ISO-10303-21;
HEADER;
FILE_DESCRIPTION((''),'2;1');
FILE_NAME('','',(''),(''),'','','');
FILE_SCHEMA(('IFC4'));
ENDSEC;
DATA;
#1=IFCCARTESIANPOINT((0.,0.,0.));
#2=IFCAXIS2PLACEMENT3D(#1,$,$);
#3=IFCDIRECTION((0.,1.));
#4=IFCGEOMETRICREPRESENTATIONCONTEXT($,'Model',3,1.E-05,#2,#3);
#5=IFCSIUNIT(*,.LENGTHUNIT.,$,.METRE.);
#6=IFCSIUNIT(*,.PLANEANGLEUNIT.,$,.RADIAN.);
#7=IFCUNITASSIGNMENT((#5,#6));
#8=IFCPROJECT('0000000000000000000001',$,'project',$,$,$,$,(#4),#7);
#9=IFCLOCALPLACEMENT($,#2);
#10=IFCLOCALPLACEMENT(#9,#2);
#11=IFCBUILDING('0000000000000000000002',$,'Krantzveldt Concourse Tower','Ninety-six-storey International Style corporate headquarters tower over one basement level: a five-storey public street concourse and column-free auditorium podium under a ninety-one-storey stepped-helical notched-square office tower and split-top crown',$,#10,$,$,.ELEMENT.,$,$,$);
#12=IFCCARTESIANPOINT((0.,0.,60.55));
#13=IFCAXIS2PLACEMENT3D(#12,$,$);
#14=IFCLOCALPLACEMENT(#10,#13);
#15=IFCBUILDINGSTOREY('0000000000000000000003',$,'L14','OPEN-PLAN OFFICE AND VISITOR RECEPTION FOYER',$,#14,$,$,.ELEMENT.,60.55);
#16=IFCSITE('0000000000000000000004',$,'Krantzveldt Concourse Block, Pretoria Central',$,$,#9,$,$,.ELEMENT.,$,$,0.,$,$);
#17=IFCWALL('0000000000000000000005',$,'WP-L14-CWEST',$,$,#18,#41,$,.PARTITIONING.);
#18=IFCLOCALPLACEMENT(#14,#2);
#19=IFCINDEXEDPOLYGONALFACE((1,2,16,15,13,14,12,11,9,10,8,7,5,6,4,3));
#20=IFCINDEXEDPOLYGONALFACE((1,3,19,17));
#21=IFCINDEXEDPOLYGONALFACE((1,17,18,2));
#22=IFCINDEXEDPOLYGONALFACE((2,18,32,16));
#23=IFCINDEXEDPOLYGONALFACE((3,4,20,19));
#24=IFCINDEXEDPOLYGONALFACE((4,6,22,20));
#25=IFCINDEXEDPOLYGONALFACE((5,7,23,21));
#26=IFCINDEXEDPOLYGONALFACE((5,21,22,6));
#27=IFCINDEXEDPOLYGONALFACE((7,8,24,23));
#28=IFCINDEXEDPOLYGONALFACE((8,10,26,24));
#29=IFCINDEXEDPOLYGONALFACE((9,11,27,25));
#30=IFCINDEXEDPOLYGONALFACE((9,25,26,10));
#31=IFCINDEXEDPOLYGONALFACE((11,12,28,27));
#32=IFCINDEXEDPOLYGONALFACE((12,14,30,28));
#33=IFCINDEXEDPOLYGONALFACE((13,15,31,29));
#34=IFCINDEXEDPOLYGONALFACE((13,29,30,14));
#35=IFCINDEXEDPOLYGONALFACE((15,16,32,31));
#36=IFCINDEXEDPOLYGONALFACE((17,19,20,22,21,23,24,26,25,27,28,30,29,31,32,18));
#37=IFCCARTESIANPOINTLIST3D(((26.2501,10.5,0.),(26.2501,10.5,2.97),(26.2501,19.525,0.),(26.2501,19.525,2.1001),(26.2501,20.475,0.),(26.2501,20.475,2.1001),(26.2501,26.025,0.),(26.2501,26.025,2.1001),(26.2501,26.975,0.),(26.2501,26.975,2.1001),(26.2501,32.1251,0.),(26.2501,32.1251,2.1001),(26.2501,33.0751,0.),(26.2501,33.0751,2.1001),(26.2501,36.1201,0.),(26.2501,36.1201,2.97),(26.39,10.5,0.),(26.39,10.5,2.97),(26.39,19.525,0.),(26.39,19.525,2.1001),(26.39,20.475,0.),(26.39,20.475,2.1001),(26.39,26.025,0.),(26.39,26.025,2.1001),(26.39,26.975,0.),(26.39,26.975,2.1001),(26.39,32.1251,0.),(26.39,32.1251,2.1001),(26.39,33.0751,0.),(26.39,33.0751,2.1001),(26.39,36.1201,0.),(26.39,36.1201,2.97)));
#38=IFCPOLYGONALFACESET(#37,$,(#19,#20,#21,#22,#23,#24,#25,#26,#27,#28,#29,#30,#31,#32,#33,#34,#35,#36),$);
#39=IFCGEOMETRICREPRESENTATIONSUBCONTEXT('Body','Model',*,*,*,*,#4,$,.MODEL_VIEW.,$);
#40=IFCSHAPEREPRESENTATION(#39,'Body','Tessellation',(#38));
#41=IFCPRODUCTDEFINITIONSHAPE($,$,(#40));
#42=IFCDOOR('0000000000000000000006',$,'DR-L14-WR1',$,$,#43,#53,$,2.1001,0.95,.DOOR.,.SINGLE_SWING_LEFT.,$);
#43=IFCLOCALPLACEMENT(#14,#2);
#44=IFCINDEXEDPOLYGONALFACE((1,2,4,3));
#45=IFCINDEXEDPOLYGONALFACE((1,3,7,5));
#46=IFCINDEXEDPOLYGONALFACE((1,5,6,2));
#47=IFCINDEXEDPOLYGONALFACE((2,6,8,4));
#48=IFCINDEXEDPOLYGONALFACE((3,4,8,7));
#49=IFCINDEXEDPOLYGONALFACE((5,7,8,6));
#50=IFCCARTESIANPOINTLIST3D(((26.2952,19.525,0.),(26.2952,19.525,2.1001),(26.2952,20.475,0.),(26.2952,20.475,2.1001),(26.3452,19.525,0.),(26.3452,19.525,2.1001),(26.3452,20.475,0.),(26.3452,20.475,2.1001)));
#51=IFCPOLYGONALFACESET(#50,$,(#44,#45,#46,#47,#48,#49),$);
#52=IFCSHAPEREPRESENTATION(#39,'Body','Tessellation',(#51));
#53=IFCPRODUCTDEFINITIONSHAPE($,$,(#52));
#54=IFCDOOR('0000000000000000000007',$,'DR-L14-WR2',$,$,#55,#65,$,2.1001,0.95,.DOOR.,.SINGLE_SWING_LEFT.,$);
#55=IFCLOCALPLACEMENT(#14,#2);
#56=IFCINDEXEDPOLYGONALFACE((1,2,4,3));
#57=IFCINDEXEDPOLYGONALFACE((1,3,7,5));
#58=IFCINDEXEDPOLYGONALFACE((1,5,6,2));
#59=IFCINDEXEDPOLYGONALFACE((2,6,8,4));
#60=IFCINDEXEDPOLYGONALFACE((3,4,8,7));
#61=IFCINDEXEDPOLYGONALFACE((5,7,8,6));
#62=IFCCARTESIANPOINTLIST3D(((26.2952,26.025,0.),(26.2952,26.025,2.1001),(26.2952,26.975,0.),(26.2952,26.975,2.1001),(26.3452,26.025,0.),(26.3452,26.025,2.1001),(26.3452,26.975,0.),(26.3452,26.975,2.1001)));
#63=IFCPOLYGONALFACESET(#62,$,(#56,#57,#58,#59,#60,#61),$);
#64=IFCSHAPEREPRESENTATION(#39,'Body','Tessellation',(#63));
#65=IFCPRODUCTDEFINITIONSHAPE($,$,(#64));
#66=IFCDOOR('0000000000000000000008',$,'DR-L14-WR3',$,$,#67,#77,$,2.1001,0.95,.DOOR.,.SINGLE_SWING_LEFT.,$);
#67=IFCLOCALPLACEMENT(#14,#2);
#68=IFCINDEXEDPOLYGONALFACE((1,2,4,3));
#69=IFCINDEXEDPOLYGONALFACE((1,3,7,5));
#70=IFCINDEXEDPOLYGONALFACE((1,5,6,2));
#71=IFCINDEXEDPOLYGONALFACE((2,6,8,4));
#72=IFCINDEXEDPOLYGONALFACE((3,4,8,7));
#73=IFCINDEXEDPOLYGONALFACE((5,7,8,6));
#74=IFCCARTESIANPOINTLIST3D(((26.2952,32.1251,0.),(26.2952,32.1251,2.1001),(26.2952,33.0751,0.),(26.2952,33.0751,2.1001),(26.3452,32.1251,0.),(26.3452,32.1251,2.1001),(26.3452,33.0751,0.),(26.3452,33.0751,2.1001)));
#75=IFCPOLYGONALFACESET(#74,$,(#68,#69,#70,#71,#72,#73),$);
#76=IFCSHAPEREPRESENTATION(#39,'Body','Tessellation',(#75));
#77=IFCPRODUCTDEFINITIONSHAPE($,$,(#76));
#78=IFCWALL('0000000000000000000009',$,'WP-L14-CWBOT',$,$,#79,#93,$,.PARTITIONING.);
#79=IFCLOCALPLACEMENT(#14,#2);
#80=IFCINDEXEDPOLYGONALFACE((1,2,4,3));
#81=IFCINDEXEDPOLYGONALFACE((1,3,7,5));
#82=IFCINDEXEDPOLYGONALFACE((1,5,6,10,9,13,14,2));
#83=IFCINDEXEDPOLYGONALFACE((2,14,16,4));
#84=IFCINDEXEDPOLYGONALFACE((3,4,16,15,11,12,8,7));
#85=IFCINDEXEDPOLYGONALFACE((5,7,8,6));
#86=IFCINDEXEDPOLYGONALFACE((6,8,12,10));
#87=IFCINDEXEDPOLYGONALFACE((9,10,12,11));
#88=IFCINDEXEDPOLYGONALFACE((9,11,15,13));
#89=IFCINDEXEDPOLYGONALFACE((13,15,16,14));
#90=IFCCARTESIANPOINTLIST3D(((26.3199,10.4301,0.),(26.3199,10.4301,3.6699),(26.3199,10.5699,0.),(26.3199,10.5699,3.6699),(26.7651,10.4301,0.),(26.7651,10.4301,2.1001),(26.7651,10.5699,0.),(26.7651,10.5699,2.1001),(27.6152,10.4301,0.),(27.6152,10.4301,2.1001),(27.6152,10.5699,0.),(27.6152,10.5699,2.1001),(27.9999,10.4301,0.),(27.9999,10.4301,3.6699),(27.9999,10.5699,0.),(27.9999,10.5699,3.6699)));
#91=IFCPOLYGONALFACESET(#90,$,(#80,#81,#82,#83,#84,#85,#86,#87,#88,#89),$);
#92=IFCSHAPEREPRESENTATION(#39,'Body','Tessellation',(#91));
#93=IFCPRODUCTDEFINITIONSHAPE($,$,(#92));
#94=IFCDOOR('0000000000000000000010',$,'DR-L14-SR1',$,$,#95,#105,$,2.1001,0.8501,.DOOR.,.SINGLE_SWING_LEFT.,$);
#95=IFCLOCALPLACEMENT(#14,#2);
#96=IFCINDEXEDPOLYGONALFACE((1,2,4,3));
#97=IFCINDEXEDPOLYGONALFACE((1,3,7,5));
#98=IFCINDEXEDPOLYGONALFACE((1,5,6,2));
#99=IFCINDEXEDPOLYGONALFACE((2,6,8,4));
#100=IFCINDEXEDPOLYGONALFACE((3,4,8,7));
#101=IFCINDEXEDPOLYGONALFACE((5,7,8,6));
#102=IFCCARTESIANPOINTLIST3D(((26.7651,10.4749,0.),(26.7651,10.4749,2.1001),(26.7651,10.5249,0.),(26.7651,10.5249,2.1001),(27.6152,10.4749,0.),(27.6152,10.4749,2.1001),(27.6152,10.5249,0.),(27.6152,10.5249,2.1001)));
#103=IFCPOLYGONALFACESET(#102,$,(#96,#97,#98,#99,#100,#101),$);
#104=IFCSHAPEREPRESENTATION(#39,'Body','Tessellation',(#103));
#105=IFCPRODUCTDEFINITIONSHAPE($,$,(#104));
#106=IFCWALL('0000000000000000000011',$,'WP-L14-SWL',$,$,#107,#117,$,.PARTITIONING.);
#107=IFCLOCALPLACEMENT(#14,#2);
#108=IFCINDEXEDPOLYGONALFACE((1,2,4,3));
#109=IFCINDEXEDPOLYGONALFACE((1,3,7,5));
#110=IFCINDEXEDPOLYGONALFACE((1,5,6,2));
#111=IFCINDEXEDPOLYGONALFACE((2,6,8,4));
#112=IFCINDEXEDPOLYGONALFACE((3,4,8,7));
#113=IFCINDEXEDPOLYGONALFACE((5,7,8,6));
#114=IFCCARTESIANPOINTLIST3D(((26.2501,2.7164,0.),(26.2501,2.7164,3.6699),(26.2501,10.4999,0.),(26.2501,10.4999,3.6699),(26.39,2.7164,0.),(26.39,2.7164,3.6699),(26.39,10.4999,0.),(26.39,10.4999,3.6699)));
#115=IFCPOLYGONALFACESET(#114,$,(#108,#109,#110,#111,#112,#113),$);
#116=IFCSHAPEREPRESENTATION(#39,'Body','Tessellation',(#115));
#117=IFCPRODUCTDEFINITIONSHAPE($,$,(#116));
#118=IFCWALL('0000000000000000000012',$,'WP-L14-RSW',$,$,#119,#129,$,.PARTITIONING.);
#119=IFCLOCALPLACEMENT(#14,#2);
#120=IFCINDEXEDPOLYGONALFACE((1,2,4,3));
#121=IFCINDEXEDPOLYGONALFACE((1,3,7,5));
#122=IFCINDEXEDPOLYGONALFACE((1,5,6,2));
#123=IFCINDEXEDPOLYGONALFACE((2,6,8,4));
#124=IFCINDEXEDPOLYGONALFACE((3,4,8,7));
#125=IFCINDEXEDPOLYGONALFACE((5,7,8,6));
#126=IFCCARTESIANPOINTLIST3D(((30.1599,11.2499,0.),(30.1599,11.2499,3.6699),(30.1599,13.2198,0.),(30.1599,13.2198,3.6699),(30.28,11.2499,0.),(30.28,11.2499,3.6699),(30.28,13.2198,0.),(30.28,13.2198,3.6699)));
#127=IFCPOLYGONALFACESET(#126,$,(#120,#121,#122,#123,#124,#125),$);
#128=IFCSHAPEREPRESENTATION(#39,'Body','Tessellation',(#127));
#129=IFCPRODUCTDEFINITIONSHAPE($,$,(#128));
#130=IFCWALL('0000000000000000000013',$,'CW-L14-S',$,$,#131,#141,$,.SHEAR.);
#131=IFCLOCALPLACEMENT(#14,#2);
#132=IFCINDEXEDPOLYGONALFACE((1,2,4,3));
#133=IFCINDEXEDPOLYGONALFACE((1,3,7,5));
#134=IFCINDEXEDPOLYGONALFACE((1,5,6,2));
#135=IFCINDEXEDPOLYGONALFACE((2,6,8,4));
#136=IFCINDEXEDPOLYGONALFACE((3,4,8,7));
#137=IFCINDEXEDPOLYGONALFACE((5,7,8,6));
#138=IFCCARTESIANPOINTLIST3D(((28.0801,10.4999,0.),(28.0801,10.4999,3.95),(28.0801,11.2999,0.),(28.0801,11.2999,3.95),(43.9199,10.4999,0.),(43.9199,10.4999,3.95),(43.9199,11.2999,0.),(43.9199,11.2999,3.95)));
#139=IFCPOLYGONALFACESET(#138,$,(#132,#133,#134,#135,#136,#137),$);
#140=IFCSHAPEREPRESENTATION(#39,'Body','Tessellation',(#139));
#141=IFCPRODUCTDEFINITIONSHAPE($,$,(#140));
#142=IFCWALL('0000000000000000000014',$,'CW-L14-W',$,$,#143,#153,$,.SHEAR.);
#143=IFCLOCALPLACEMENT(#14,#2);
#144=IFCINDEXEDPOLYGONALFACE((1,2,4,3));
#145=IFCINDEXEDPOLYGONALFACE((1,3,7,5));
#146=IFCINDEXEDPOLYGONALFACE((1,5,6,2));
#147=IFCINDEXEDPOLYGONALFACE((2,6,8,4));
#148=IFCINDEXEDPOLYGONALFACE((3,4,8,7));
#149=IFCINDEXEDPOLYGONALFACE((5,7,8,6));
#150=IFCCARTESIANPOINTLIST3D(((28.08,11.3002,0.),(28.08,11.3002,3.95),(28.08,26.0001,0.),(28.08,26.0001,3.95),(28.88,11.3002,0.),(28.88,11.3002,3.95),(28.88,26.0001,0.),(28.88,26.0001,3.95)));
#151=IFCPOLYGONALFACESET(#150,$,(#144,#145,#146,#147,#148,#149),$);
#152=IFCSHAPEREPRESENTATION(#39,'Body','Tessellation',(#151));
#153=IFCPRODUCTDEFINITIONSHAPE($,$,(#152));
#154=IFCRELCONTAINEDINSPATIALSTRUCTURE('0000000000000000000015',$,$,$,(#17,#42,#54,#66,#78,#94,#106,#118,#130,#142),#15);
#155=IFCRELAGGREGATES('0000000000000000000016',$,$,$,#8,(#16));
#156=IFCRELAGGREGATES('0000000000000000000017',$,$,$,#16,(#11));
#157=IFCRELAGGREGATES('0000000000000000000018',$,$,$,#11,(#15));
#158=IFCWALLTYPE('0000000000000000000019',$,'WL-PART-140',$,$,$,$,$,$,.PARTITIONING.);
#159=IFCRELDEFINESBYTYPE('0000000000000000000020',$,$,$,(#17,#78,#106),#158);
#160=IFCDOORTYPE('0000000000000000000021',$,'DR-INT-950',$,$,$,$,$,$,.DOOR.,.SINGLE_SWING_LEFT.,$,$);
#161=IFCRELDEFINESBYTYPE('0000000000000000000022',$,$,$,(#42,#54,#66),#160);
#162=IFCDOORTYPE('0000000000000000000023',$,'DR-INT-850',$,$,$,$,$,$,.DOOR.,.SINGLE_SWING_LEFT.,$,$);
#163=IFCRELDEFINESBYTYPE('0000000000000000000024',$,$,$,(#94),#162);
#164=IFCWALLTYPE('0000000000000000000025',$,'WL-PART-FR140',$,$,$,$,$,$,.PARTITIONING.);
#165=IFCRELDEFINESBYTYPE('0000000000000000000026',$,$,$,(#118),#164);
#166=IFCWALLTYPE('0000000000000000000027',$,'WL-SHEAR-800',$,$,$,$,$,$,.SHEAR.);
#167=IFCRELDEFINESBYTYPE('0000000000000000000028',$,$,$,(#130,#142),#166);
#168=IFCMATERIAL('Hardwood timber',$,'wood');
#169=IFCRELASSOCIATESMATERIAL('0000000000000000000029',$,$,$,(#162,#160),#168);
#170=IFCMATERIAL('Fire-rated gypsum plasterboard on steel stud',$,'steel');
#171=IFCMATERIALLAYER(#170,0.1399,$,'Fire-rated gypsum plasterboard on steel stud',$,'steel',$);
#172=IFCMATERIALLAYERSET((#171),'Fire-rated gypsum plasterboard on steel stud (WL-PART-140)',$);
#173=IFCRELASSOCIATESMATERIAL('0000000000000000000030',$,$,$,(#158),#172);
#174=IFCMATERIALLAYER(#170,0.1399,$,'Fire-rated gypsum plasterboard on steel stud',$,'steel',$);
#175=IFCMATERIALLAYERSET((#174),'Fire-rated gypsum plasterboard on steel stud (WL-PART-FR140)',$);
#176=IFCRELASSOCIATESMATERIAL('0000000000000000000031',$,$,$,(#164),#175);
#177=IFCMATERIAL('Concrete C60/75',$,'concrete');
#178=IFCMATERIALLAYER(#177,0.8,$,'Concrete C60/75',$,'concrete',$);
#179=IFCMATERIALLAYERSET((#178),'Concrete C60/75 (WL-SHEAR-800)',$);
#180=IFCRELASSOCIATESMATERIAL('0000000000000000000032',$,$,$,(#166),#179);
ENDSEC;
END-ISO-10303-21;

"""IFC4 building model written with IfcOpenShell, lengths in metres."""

from ifc_helpers import new_model, si_unit, direction, frame, frame_2d, origin, place, context, subcontext, project, spatial, rectangle, extrude, material, layer, layer_set, type_object, element, fill, save


model = new_model("IFC4")

# Units and contexts
model_context = context("Model", 3, precision=1e-05, world=origin(), true_north=direction((0.0, 1.0)))
body_context = subcontext(model_context, "Body", "Model", "MODEL_VIEW")
ifc_project = project(units=[si_unit("LENGTHUNIT", "METRE"), si_unit("PLANEANGLEUNIT", "RADIAN")], contexts=[model_context])

# Site, building, storey
site_placement = place(None, origin())
site = spatial("IfcSite", under=ifc_project, at=site_placement, Name="Krantzveldt Concourse Block, Pretoria Central", CompositionType="ELEMENT", RefElevation=0.0)
building_placement = place(site_placement, origin())
building = spatial("IfcBuilding", under=site, at=building_placement, Name="Krantzveldt Concourse Tower", Description="Ninety-six-storey International Style corporate headquarters tower over one basement level: a five-storey public street concourse and column-free auditorium podium under a ninety-one-storey stepped-helical notched-square office tower and split-top crown", CompositionType="ELEMENT")
storey_placement = place(building_placement, frame((0.0, 0.0, 60.55)))
storey = spatial("IfcBuildingStorey", under=building, at=storey_placement, Name="L14", Description="OPEN-PLAN OFFICE AND VISITOR RECEPTION FOYER", CompositionType="ELEMENT", Elevation=60.55)

# Shared definitions
ifc_material_1 = material(Name="Fire-rated gypsum plasterboard on steel stud", Category="steel")
ifc_material_2 = material(Name="Hardwood timber", Category="wood")
door_type_1 = type_object("IfcDoorType", Name="DR-INT-850", OperationType="SINGLE_SWING_LEFT", PredefinedType="DOOR", material=ifc_material_2)

# Wall, openings, doors
ifc_layer_1 = layer(ifc_material_1, 0.1399, Name="Fire-rated gypsum plasterboard on steel stud", Category="steel")
ifc_layer_set_1 = layer_set([ifc_layer_1], Name="Fire-rated gypsum plasterboard on steel stud (WL-PART-140)")
wall_type_1 = type_object("IfcWallType", Name="WL-PART-140", PredefinedType="PARTITIONING", material=ifc_layer_set_1)
wall_1_placement = place(storey_placement, frame((26.3201, 10.5, 0.0), z_axis=(0.0, 0.0, 1.0), x_axis=(0.0, 1.0, 0.0)))
wall_1 = element("IfcWall", 1, at=wall_1_placement, inside=storey, type_object=wall_type_1, Name="WP-L14-CWEST", PredefinedType="PARTITIONING", context=body_context, shape_type="SweptSolid", body=[
    extrude(rectangle(XDim=25.6201, YDim=0.1399, at=frame_2d((12.8101, 0.0))), origin(), (0.0, 0.0, 1.0), 2.97),
])
opening_1_placement = place(wall_1_placement, frame((9.0249, 0.0, 0.0)))
opening_1 = element("IfcOpeningElement", 2, at=opening_1_placement, cuts=wall_1, PredefinedType="OPENING", context=body_context, shape_type="SweptSolid", body=[
    extrude(rectangle(XDim=0.95, YDim=2.1001, at=frame_2d((0.4751, 1.05))), frame((0.0, 0.0801, 0.0), z_axis=(0.0, -1.0, 0.0), x_axis=(1.0, 0.0, 0.0)), (0.0, 0.0, 1.0), 0.1599),
])
opening_2_placement = place(wall_1_placement, frame((15.5249, 0.0, 0.0)))
opening_2 = element("IfcOpeningElement", 3, at=opening_2_placement, cuts=wall_1, PredefinedType="OPENING", context=body_context, shape_type="SweptSolid", body=[
    extrude(rectangle(XDim=0.95, YDim=2.1001, at=frame_2d((0.4751, 1.05))), frame((0.0, 0.0801, 0.0), z_axis=(0.0, -1.0, 0.0), x_axis=(1.0, 0.0, 0.0)), (0.0, 0.0, 1.0), 0.1599),
])
opening_3_placement = place(wall_1_placement, frame((21.625, 0.0, 0.0)))
opening_3 = element("IfcOpeningElement", 4, at=opening_3_placement, cuts=wall_1, PredefinedType="OPENING", context=body_context, shape_type="SweptSolid", body=[
    extrude(rectangle(XDim=0.95, YDim=2.1001, at=frame_2d((0.4751, 1.05))), frame((0.0, 0.0801, 0.0), z_axis=(0.0, -1.0, 0.0), x_axis=(1.0, 0.0, 0.0)), (0.0, 0.0, 1.0), 0.1599),
])
door_type_2 = type_object("IfcDoorType", Name="DR-INT-950", OperationType="SINGLE_SWING_LEFT", PredefinedType="DOOR", material=ifc_material_2)
door_1_placement = place(opening_1_placement, origin())
door_1 = element("IfcDoor", 5, at=door_1_placement, inside=storey, type_object=door_type_2, Name="DR-L14-WR1", OperationType="SINGLE_SWING_LEFT", OverallHeight=2.1001, OverallWidth=0.95, PredefinedType="DOOR", context=body_context, shape_type="SweptSolid", body=[
    extrude(rectangle(XDim=0.95, YDim=2.1001, at=frame_2d((0.4751, 1.05))), frame((0.0, 0.0249, 0.0), z_axis=(0.0, -1.0, 0.0), x_axis=(1.0, 0.0, 0.0)), (0.0, 0.0, 1.0), 0.05),
])
fill(opening_1, door_1)
door_2_placement = place(opening_2_placement, origin())
door_2 = element("IfcDoor", 6, at=door_2_placement, inside=storey, type_object=door_type_2, Name="DR-L14-WR2", OperationType="SINGLE_SWING_LEFT", OverallHeight=2.1001, OverallWidth=0.95, PredefinedType="DOOR", context=body_context, shape_type="SweptSolid", body=[
    extrude(rectangle(XDim=0.95, YDim=2.1001, at=frame_2d((0.4751, 1.05))), frame((0.0, 0.0249, 0.0), z_axis=(0.0, -1.0, 0.0), x_axis=(1.0, 0.0, 0.0)), (0.0, 0.0, 1.0), 0.05),
])
fill(opening_2, door_2)
door_3_placement = place(opening_3_placement, origin())
door_3 = element("IfcDoor", 7, at=door_3_placement, inside=storey, type_object=door_type_2, Name="DR-L14-WR3", OperationType="SINGLE_SWING_LEFT", OverallHeight=2.1001, OverallWidth=0.95, PredefinedType="DOOR", context=body_context, shape_type="SweptSolid", body=[
    extrude(rectangle(XDim=0.95, YDim=2.1001, at=frame_2d((0.4751, 1.05))), frame((0.0, 0.0249, 0.0), z_axis=(0.0, -1.0, 0.0), x_axis=(1.0, 0.0, 0.0)), (0.0, 0.0, 1.0), 0.05),
])
fill(opening_3, door_3)

# Wall, opening, door
wall_2_placement = place(storey_placement, frame((26.3201, 10.5, 0.0), z_axis=(0.0, 0.0, 1.0), x_axis=(1.0, 0.0, 0.0)))
wall_2 = element("IfcWall", 8, at=wall_2_placement, inside=storey, type_object=wall_type_1, Name="WP-L14-CWBOT", PredefinedType="PARTITIONING", context=body_context, shape_type="SweptSolid", body=[
    extrude(rectangle(XDim=1.6799, YDim=0.1399, at=frame_2d((0.8398, 0.0))), origin(), (0.0, 0.0, 1.0), 3.6699),
])
opening_4_placement = place(wall_2_placement, frame((0.4451, 0.0, 0.0)))
opening_4 = element("IfcOpeningElement", 9, at=opening_4_placement, cuts=wall_2, PredefinedType="OPENING", context=body_context, shape_type="SweptSolid", body=[
    extrude(rectangle(XDim=0.8501, YDim=2.1001, at=frame_2d((0.425, 1.05))), frame((0.0, 0.0801, 0.0), z_axis=(0.0, -1.0, 0.0), x_axis=(1.0, 0.0, 0.0)), (0.0, 0.0, 1.0), 0.1599),
])
door_4_placement = place(opening_4_placement, origin())
door_4 = element("IfcDoor", 10, at=door_4_placement, inside=storey, type_object=door_type_1, Name="DR-L14-SR1", OperationType="SINGLE_SWING_LEFT", OverallHeight=2.1001, OverallWidth=0.8501, PredefinedType="DOOR", context=body_context, shape_type="SweptSolid", body=[
    extrude(rectangle(XDim=0.8501, YDim=2.1001, at=frame_2d((0.425, 1.05))), frame((0.0, 0.0249, 0.0), z_axis=(0.0, -1.0, 0.0), x_axis=(1.0, 0.0, 0.0)), (0.0, 0.0, 1.0), 0.05),
])
fill(opening_4, door_4)

# Walls
wall_3_placement = place(storey_placement, frame((26.3201, 2.7166, 0.0), z_axis=(0.0, 0.0, 1.0), x_axis=(0.0, 1.0, 0.0)))
element("IfcWall", 11, at=wall_3_placement, inside=storey, type_object=wall_type_1, Name="WP-L14-SWL", PredefinedType="PARTITIONING", context=body_context, shape_type="SweptSolid", body=[
    extrude(rectangle(XDim=7.7834, YDim=0.1399, at=frame_2d((3.8916, 0.0))), origin(), (0.0, 0.0, 1.0), 3.6699),
])
ifc_layer_2 = layer(ifc_material_1, 0.1399, Name="Fire-rated gypsum plasterboard on steel stud", Category="steel")
ifc_layer_set_2 = layer_set([ifc_layer_2], Name="Fire-rated gypsum plasterboard on steel stud (WL-PART-FR140)")
wall_type_2 = type_object("IfcWallType", Name="WL-PART-FR140", PredefinedType="PARTITIONING", material=ifc_layer_set_2)
wall_4_placement = place(storey_placement, frame((30.22, 11.25, 0.0), z_axis=(0.0, 0.0, 1.0), x_axis=(0.0, 1.0, 0.0)))
element("IfcWall", 12, at=wall_4_placement, inside=storey, type_object=wall_type_2, Name="WP-L14-RSW", PredefinedType="PARTITIONING", context=body_context, shape_type="SweptSolid", body=[
    extrude(rectangle(XDim=1.97, YDim=0.1201, at=frame_2d((0.9849, 0.0))), origin(), (0.0, 0.0, 1.0), 3.6699),
])
ifc_material_3 = material(Name="Concrete C60/75", Category="concrete")
ifc_layer_3 = layer(ifc_material_3, 0.8, Name="Concrete C60/75", Category="concrete")
ifc_layer_set_3 = layer_set([ifc_layer_3], Name="Concrete C60/75 (WL-SHEAR-800)")
wall_type_3 = type_object("IfcWallType", Name="WL-SHEAR-800", PredefinedType="SHEAR", material=ifc_layer_set_3)
wall_5_placement = place(storey_placement, frame((28.0801, 10.8999, 0.0), z_axis=(0.0, 0.0, 1.0), x_axis=(1.0, 0.0, 0.0)))
element("IfcWall", 13, at=wall_5_placement, inside=storey, type_object=wall_type_3, Name="CW-L14-S", PredefinedType="SHEAR", context=body_context, shape_type="SweptSolid", body=[
    extrude(rectangle(XDim=15.8398, YDim=0.8, at=frame_2d((7.9199, 0.0))), origin(), (0.0, 0.0, 1.0), 3.95),
])
wall_6_placement = place(storey_placement, frame((28.48, 11.3, 0.0), z_axis=(0.0, 0.0, 1.0), x_axis=(0.0, 1.0, 0.0)))
element("IfcWall", 14, at=wall_6_placement, inside=storey, type_object=wall_type_3, Name="CW-L14-W", PredefinedType="SHEAR", context=body_context, shape_type="SweptSolid", body=[
    extrude(rectangle(XDim=14.7, YDim=0.8, at=frame_2d((7.3501, 0.0))), origin(), (0.0, 0.0, 1.0), 3.95),
])

save(model, "model.ifc")
